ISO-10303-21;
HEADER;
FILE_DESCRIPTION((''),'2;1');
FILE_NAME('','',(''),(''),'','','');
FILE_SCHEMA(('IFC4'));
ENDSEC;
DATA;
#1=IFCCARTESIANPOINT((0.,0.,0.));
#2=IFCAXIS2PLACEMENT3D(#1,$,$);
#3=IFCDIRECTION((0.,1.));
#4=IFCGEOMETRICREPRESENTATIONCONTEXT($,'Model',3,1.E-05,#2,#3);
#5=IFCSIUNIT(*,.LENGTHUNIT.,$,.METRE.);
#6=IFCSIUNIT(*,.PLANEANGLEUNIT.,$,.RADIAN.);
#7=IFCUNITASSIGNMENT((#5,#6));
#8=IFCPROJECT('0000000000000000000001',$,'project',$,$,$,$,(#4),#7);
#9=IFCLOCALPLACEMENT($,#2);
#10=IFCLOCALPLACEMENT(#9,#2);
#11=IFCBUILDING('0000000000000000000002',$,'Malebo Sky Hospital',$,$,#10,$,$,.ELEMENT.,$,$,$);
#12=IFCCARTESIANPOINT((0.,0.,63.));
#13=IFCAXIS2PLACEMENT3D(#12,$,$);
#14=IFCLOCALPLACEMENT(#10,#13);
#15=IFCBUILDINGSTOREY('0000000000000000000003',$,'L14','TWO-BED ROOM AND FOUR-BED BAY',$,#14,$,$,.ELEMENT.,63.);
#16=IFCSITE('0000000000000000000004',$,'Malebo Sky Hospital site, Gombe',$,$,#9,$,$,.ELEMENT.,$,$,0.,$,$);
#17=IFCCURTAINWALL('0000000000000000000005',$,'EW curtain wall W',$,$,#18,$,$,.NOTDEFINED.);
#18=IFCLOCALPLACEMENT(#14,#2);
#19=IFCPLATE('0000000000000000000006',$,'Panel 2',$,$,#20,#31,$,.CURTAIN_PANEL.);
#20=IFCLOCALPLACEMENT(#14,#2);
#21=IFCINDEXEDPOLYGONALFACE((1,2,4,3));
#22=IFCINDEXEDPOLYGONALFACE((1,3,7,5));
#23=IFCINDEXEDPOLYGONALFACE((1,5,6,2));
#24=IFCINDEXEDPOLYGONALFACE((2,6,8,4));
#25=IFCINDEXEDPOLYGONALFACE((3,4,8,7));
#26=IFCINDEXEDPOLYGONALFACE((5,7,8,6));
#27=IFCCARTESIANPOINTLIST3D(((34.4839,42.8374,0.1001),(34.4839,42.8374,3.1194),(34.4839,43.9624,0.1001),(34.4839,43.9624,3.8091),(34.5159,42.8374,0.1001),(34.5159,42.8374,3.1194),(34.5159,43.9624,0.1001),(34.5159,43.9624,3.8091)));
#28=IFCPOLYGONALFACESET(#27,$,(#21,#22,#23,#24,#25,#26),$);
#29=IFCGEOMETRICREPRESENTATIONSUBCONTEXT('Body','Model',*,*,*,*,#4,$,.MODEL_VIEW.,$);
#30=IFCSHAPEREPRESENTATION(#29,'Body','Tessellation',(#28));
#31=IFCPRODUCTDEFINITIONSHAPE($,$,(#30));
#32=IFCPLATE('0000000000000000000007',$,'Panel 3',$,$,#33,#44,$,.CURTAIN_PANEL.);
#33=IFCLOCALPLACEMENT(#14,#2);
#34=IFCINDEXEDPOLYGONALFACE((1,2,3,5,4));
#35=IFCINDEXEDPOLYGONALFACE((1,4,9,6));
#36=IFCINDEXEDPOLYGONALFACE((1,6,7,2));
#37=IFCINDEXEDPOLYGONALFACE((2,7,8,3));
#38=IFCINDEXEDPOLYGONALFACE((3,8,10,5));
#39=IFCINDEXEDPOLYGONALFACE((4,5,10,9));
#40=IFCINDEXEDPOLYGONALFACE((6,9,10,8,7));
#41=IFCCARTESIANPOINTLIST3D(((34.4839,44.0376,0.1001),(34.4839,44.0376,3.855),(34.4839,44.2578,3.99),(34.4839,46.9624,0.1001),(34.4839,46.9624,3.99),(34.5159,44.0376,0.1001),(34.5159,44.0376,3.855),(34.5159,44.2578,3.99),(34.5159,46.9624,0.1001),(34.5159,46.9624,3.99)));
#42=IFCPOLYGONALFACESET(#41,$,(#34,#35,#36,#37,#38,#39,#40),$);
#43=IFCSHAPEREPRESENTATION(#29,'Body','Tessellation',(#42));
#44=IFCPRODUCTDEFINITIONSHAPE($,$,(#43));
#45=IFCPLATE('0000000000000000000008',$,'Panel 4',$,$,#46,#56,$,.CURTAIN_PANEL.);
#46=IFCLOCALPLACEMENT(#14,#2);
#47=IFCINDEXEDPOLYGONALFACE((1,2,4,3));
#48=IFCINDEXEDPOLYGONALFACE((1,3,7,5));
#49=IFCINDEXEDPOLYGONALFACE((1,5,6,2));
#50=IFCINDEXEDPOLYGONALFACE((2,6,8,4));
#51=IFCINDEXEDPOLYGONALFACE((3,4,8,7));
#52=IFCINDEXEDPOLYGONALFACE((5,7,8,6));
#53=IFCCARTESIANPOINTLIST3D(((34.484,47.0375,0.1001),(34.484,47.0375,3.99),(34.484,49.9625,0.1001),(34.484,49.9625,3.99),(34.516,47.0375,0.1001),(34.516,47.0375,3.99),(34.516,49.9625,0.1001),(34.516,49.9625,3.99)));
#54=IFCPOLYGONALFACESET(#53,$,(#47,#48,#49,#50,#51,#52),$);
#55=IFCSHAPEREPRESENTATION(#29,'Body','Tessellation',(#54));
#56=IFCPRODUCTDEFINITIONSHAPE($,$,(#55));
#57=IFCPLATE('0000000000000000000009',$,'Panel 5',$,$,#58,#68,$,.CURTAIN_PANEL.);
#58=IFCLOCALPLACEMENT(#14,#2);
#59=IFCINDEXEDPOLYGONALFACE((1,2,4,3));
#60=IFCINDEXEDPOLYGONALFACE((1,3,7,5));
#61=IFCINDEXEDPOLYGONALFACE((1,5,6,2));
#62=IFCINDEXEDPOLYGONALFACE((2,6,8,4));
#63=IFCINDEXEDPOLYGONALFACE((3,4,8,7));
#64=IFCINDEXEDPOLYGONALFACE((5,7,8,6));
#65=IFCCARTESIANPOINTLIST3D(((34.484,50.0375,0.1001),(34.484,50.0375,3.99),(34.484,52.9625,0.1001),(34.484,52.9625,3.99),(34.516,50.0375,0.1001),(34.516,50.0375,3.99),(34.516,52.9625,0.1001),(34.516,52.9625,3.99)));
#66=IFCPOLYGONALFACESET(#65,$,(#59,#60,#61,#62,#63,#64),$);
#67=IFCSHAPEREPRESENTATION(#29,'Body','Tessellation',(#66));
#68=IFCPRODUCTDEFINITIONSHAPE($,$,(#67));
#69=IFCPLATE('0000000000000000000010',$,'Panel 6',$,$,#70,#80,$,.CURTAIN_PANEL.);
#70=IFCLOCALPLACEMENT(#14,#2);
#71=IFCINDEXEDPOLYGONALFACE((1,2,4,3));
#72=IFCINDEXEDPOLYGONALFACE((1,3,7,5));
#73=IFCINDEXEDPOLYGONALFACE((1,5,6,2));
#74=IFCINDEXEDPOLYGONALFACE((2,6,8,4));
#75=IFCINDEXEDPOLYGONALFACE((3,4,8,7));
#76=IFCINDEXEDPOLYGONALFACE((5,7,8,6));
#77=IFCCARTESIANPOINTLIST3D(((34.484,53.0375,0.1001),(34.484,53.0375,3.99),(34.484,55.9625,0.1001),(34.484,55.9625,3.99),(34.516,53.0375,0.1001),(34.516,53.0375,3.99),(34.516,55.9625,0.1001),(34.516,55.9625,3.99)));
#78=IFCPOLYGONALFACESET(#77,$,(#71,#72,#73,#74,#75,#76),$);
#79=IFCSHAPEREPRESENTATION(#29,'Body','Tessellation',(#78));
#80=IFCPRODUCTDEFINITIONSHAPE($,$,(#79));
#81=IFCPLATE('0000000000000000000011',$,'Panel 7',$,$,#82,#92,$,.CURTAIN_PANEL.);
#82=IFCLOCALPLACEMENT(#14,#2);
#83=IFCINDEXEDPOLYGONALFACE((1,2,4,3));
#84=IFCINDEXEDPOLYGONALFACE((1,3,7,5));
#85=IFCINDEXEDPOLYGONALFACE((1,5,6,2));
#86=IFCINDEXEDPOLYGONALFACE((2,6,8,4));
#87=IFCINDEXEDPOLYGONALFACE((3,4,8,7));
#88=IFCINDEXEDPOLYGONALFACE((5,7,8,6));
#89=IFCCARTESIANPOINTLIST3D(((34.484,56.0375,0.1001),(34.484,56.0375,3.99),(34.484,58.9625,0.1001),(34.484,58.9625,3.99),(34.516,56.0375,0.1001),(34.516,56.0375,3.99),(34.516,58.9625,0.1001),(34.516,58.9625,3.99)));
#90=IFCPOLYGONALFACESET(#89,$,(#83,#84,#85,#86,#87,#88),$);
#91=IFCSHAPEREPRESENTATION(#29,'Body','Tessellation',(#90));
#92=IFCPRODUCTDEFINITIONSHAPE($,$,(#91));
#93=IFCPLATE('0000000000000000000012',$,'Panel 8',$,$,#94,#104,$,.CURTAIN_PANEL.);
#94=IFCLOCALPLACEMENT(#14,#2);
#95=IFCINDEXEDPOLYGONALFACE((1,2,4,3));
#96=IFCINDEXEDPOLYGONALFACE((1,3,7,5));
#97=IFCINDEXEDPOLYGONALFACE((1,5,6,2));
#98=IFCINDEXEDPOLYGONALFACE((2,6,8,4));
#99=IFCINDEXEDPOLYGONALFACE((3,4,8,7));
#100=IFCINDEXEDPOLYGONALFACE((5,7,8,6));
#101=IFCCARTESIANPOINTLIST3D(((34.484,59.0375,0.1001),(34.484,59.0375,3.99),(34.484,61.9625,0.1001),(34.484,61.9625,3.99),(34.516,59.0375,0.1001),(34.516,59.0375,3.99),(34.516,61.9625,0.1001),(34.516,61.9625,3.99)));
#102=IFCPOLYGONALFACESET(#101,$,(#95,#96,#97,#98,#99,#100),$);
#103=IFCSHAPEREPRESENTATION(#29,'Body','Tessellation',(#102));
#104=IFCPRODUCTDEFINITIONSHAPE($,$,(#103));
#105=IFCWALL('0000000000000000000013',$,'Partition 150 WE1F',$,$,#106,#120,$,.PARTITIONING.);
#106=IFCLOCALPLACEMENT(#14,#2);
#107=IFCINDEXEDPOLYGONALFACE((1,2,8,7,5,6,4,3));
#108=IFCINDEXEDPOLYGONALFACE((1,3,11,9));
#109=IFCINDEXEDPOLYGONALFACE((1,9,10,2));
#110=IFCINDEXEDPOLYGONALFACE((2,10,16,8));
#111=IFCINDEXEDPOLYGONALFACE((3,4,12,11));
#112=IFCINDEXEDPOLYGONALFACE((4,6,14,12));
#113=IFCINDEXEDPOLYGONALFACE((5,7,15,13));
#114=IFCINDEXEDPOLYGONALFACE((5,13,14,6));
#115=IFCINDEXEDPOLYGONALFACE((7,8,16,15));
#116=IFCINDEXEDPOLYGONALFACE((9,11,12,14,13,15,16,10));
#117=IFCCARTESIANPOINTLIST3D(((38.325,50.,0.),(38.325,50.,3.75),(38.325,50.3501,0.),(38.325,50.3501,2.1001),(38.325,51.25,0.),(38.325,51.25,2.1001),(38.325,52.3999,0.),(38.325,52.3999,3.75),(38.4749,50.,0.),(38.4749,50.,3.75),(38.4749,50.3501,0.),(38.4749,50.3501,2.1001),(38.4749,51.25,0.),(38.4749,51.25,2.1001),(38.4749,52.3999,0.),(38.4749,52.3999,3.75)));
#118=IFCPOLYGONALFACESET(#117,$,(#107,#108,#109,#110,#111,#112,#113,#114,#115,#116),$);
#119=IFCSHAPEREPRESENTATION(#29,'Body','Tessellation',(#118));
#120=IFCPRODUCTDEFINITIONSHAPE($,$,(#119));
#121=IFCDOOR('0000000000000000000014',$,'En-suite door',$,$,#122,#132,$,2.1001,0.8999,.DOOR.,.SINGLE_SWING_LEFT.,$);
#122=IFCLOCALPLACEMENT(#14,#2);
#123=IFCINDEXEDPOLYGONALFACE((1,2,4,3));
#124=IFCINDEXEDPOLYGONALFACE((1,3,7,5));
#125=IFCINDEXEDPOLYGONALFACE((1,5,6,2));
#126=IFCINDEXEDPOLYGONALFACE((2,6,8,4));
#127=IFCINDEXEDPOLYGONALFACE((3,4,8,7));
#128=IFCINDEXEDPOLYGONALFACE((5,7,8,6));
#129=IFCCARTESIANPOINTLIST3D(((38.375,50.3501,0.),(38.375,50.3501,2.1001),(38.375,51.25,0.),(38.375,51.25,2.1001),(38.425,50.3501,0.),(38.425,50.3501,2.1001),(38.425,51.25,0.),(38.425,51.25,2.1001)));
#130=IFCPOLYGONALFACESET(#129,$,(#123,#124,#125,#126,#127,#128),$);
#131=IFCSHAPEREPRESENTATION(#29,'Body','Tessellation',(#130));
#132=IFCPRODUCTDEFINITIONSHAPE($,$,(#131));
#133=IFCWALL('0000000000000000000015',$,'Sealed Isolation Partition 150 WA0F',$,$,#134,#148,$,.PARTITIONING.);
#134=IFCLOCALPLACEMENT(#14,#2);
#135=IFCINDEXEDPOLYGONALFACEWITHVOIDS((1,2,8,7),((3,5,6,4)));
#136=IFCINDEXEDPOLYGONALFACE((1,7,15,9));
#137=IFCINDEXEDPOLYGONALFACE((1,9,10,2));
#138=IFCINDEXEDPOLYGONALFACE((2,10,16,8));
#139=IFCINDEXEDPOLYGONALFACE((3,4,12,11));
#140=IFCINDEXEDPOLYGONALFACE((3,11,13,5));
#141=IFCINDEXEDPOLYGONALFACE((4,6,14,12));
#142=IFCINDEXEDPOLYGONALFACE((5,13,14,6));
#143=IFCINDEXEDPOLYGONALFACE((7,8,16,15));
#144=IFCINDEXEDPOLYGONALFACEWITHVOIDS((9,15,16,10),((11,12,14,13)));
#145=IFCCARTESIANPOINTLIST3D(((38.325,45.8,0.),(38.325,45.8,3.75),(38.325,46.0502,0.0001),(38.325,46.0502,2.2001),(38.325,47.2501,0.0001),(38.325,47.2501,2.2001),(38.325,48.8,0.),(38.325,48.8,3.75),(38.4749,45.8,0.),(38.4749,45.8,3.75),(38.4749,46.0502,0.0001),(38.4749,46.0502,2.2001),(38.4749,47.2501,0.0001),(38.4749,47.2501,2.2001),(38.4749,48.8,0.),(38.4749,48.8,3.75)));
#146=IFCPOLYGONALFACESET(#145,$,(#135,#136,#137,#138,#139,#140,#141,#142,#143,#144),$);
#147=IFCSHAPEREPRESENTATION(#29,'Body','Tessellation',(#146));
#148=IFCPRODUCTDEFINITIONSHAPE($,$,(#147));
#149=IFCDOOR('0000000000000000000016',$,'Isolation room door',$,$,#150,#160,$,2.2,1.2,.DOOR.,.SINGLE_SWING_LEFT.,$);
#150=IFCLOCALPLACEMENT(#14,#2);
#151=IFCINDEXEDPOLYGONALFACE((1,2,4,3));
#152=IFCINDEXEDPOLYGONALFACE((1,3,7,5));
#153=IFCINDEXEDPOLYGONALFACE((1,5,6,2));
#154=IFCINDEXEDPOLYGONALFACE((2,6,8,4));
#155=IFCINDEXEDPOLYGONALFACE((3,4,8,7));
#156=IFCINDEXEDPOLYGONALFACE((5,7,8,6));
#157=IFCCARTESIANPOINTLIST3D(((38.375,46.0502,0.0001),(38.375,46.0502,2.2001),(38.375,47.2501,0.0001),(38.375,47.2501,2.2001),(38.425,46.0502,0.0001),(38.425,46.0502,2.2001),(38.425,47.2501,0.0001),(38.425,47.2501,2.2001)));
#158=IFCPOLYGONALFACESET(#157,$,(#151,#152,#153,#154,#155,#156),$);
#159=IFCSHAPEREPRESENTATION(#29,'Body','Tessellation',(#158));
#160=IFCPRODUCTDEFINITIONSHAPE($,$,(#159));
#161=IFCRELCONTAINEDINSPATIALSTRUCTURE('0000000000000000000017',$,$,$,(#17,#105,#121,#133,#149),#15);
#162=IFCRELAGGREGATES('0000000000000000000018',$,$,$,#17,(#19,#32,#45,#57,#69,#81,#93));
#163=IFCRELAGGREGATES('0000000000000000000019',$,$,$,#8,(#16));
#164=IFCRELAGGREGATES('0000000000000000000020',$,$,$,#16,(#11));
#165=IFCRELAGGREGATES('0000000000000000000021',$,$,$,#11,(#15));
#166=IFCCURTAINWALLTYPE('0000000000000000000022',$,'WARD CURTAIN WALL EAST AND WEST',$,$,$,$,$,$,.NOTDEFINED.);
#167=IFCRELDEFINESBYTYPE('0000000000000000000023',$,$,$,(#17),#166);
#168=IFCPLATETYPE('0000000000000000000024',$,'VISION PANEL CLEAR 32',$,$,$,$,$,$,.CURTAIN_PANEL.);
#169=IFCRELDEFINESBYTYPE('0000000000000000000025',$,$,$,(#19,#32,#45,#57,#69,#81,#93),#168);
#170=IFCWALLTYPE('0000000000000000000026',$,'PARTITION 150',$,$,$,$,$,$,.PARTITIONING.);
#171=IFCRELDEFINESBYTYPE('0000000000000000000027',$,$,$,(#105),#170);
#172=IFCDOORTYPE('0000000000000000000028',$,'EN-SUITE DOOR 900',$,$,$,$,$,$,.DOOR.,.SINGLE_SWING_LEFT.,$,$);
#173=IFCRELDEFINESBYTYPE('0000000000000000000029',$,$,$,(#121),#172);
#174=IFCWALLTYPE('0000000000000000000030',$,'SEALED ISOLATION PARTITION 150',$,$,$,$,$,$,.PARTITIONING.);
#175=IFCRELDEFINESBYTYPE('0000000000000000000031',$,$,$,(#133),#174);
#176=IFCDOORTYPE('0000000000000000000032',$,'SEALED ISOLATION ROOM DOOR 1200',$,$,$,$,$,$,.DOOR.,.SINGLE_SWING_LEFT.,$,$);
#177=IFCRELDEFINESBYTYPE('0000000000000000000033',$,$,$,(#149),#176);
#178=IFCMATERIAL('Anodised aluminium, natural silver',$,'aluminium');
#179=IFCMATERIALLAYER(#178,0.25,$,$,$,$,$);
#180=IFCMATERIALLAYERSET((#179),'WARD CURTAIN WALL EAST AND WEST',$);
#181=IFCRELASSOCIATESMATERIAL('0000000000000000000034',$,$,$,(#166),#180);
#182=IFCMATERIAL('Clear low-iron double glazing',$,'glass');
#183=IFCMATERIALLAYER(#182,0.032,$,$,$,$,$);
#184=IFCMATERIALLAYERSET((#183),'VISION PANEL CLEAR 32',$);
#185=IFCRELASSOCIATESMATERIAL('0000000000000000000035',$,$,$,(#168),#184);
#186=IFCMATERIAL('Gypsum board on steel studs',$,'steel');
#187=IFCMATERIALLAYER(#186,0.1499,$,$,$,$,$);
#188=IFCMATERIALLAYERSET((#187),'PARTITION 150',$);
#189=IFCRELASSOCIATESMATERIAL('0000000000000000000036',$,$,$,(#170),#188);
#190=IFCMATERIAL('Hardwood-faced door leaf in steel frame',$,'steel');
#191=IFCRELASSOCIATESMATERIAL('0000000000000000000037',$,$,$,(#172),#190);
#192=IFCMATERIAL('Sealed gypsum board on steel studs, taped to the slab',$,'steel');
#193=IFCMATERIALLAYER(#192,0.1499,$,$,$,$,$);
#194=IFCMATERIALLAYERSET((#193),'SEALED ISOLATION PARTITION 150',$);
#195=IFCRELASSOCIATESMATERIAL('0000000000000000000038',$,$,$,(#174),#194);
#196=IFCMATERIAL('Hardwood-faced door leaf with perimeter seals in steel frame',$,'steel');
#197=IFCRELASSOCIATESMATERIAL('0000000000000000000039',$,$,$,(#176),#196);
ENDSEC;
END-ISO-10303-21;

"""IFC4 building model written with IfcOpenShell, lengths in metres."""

from ifc_helpers import new_model, si_unit, direction, frame, frame_2d, origin, origin_2d, place, context, subcontext, project, spatial, polyline, rectangle, outline, extrude, material, layer, layer_set, type_object, element, fill, aggregate, save


model = new_model("IFC4")

# Units and contexts
model_context = context("Model", 3, precision=1e-05, world=origin(), true_north=direction((0.0, 1.0)))
body_context = subcontext(model_context, "Body", "Model", "MODEL_VIEW")
ifc_project = project(units=[si_unit("LENGTHUNIT", "METRE"), si_unit("PLANEANGLEUNIT", "RADIAN")], contexts=[model_context])

# Site, building, storey
site_placement = place(None, origin())
site = spatial("IfcSite", under=ifc_project, at=site_placement, Name="Malebo Sky Hospital site, Gombe", CompositionType="ELEMENT", RefElevation=0.0)
building_placement = place(site_placement, origin())
building = spatial("IfcBuilding", under=site, at=building_placement, Name="Malebo Sky Hospital", CompositionType="ELEMENT")
storey_placement = place(building_placement, frame((0.0, 0.0, 63.0)))
storey = spatial("IfcBuildingStorey", under=building, at=storey_placement, Name="L14", Description="TWO-BED ROOM AND FOUR-BED BAY", CompositionType="ELEMENT", Elevation=63.0)

# Curtain wall
ifc_material_1 = material(Name="Anodised aluminium, natural silver", Category="aluminium")
ifc_layer_1 = layer(ifc_material_1, 0.25)
ifc_layer_set_1 = layer_set([ifc_layer_1], Name="WARD CURTAIN WALL EAST AND WEST")
curtain_wall_type = type_object("IfcCurtainWallType", Name="WARD CURTAIN WALL EAST AND WEST", PredefinedType="NOTDEFINED", material=ifc_layer_set_1)
curtain_wall_placement = place(storey_placement, origin())
curtain_wall = element("IfcCurtainWall", 1, at=curtain_wall_placement, inside=storey, type_object=curtain_wall_type, Name="EW curtain wall W", PredefinedType="NOTDEFINED")

# Plates
ifc_material_2 = material(Name="Clear low-iron double glazing", Category="glass")
ifc_layer_2 = layer(ifc_material_2, 0.032)
ifc_layer_set_2 = layer_set([ifc_layer_2], Name="VISION PANEL CLEAR 32")
plate_type = type_object("IfcPlateType", Name="VISION PANEL CLEAR 32", PredefinedType="CURTAIN_PANEL", material=ifc_layer_set_2)
plate_1_placement = place(storey_placement, frame((34.5, 43.3999, 0.1001), z_axis=(0.0, 0.0, 1.0), x_axis=(0.0, 1.0, 0.0)))
plate_1 = element("IfcPlate", 2, at=plate_1_placement, type_object=plate_type, Name="Panel 2", PredefinedType="CURTAIN_PANEL", context=body_context, shape_type="SweptSolid", body=[
    extrude(outline(polyline([(-0.5625, 0.0), (0.5625, 0.0), (0.5625, 3.709), (-0.5625, 3.0193), (-0.5625, 0.0)])), frame((0.0, 0.0161, 0.0), z_axis=(0.0, -1.0, 0.0), x_axis=(1.0, 0.0, 0.0)), (0.0, 0.0, 1.0), 0.032),
])
plate_2_placement = place(storey_placement, frame((34.5, 45.5, 0.1001), z_axis=(0.0, 0.0, 1.0), x_axis=(0.0, 1.0, 0.0)))
plate_2 = element("IfcPlate", 3, at=plate_2_placement, type_object=plate_type, Name="Panel 3", PredefinedType="CURTAIN_PANEL", context=body_context, shape_type="SweptSolid", body=[
    extrude(outline(polyline([(-1.4624, 0.0), (1.4624, 0.0), (1.4624, 3.8899), (-1.2422, 3.8899), (-1.4624, 3.7549), (-1.4624, 0.0)])), frame((0.0, 0.0161, 0.0), z_axis=(0.0, -1.0, 0.0), x_axis=(1.0, 0.0, 0.0)), (0.0, 0.0, 1.0), 0.032),
])
plate_3_placement = place(storey_placement, frame((34.5, 48.5, 0.1001), z_axis=(0.0, 0.0, 1.0), x_axis=(0.0, 1.0, 0.0)))
plate_3 = element("IfcPlate", 4, at=plate_3_placement, type_object=plate_type, Name="Panel 4", PredefinedType="CURTAIN_PANEL", context=body_context, shape_type="SweptSolid", body=[
    extrude(rectangle(XDim=2.925, YDim=0.032, at=origin_2d()), origin(), (0.0, 0.0, 1.0), 3.8899),
])
plate_4_placement = place(storey_placement, frame((34.5, 51.5, 0.1001), z_axis=(0.0, 0.0, 1.0), x_axis=(0.0, 1.0, 0.0)))
plate_4 = element("IfcPlate", 5, at=plate_4_placement, type_object=plate_type, Name="Panel 5", PredefinedType="CURTAIN_PANEL", context=body_context, shape_type="SweptSolid", body=[
    extrude(rectangle(XDim=2.925, YDim=0.032, at=origin_2d()), origin(), (0.0, 0.0, 1.0), 3.8899),
])
plate_5_placement = place(storey_placement, frame((34.5, 54.5, 0.1001), z_axis=(0.0, 0.0, 1.0), x_axis=(0.0, 1.0, 0.0)))
plate_5 = element("IfcPlate", 6, at=plate_5_placement, type_object=plate_type, Name="Panel 6", PredefinedType="CURTAIN_PANEL", context=body_context, shape_type="SweptSolid", body=[
    extrude(rectangle(XDim=2.925, YDim=0.032, at=origin_2d()), origin(), (0.0, 0.0, 1.0), 3.8899),
])
plate_6_placement = place(storey_placement, frame((34.5, 57.5, 0.1001), z_axis=(0.0, 0.0, 1.0), x_axis=(0.0, 1.0, 0.0)))
plate_6 = element("IfcPlate", 7, at=plate_6_placement, type_object=plate_type, Name="Panel 7", PredefinedType="CURTAIN_PANEL", context=body_context, shape_type="SweptSolid", body=[
    extrude(rectangle(XDim=2.925, YDim=0.032, at=origin_2d()), origin(), (0.0, 0.0, 1.0), 3.8899),
])
plate_7_placement = place(storey_placement, frame((34.5, 60.5, 0.1001), z_axis=(0.0, 0.0, 1.0), x_axis=(0.0, 1.0, 0.0)))
plate_7 = element("IfcPlate", 8, at=plate_7_placement, type_object=plate_type, Name="Panel 8", PredefinedType="CURTAIN_PANEL", context=body_context, shape_type="SweptSolid", body=[
    extrude(rectangle(XDim=2.925, YDim=0.032, at=origin_2d()), origin(), (0.0, 0.0, 1.0), 3.8899),
])
aggregate(curtain_wall, [plate_1, plate_2, plate_3, plate_4, plate_5, plate_6, plate_7])

# Walls, openings, doors
ifc_material_3 = material(Name="Gypsum board on steel studs", Category="steel")
ifc_layer_3 = layer(ifc_material_3, 0.1499)
ifc_layer_set_3 = layer_set([ifc_layer_3], Name="PARTITION 150")
wall_type_1 = type_object("IfcWallType", Name="PARTITION 150", PredefinedType="PARTITIONING", material=ifc_layer_set_3)
wall_1_placement = place(storey_placement, frame((38.3999, 50.0, 0.0), z_axis=(0.0, 0.0, 1.0), x_axis=(0.0, 1.0, 0.0)))
wall_1 = element("IfcWall", 9, at=wall_1_placement, inside=storey, type_object=wall_type_1, Name="Partition 150 WE1F", PredefinedType="PARTITIONING", context=body_context, shape_type="SweptSolid", body=[
    extrude(rectangle(XDim=2.3999, YDim=0.1499, at=frame_2d((1.2, 0.0))), origin(), (0.0, 0.0, 1.0), 3.75),
])
opening_1_placement = place(wall_1_placement, frame((0.3501, 0.0, 0.0)))
opening_1 = element("IfcOpeningElement", 10, at=opening_1_placement, cuts=wall_1, PredefinedType="OPENING", context=body_context, shape_type="SweptSolid", body=[
    extrude(rectangle(XDim=0.8999, YDim=2.1001, at=frame_2d((0.45, 1.05))), frame((0.0, 0.085, 0.0), z_axis=(0.0, -1.0, 0.0), x_axis=(1.0, 0.0, 0.0)), (0.0, 0.0, 1.0), 0.1699),
])
ifc_material_4 = material(Name="Hardwood-faced door leaf in steel frame", Category="steel")
door_type_1 = type_object("IfcDoorType", Name="EN-SUITE DOOR 900", OperationType="SINGLE_SWING_LEFT", PredefinedType="DOOR", material=ifc_material_4)
door_1_placement = place(opening_1_placement, origin())
door_1 = element("IfcDoor", 11, at=door_1_placement, inside=storey, type_object=door_type_1, Name="En-suite door", OperationType="SINGLE_SWING_LEFT", OverallHeight=2.1001, OverallWidth=0.8999, PredefinedType="DOOR", context=body_context, shape_type="SweptSolid", body=[
    extrude(rectangle(XDim=0.8999, YDim=2.1001, at=frame_2d((0.45, 1.05))), frame((0.0, 0.0249, 0.0), z_axis=(0.0, -1.0, 0.0), x_axis=(1.0, 0.0, 0.0)), (0.0, 0.0, 1.0), 0.05),
])
fill(opening_1, door_1)
ifc_material_5 = material(Name="Sealed gypsum board on steel studs, taped to the slab", Category="steel")
ifc_layer_4 = layer(ifc_material_5, 0.1499)
ifc_layer_set_4 = layer_set([ifc_layer_4], Name="SEALED ISOLATION PARTITION 150")
wall_type_2 = type_object("IfcWallType", Name="SEALED ISOLATION PARTITION 150", PredefinedType="PARTITIONING", material=ifc_layer_set_4)
wall_2_placement = place(storey_placement, frame((38.3999, 45.8, 0.0), z_axis=(0.0, 0.0, 1.0), x_axis=(0.0, 1.0, 0.0)))
wall_2 = element("IfcWall", 12, at=wall_2_placement, inside=storey, type_object=wall_type_2, Name="Sealed Isolation Partition 150 WA0F", PredefinedType="PARTITIONING", context=body_context, shape_type="SweptSolid", body=[
    extrude(rectangle(XDim=3.0, YDim=0.1499, at=frame_2d((1.5, 0.0))), origin(), (0.0, 0.0, 1.0), 3.75),
])
opening_2_placement = place(wall_2_placement, frame((0.25, 0.0, 0.0)))
opening_2 = element("IfcOpeningElement", 13, at=opening_2_placement, cuts=wall_2, PredefinedType="OPENING", context=body_context, shape_type="SweptSolid", body=[
    extrude(rectangle(XDim=1.2, YDim=2.2, at=frame_2d((0.6001, 1.1001))), frame((0.0, 0.085, 0.0), z_axis=(0.0, -1.0, 0.0), x_axis=(1.0, 0.0, 0.0)), (0.0, 0.0, 1.0), 0.1699),
])
ifc_material_6 = material(Name="Hardwood-faced door leaf with perimeter seals in steel frame", Category="steel")
door_type_2 = type_object("IfcDoorType", Name="SEALED ISOLATION ROOM DOOR 1200", OperationType="SINGLE_SWING_LEFT", PredefinedType="DOOR", material=ifc_material_6)
door_2_placement = place(opening_2_placement, origin())
door_2 = element("IfcDoor", 14, at=door_2_placement, inside=storey, type_object=door_type_2, Name="Isolation room door", OperationType="SINGLE_SWING_LEFT", OverallHeight=2.2, OverallWidth=1.2, PredefinedType="DOOR", context=body_context, shape_type="SweptSolid", body=[
    extrude(rectangle(XDim=1.2, YDim=2.2, at=frame_2d((0.6001, 1.1001))), frame((0.0, 0.0249, 0.0), z_axis=(0.0, -1.0, 0.0), x_axis=(1.0, 0.0, 0.0)), (0.0, 0.0, 1.0), 0.05),
])
fill(opening_2, door_2)

save(model, "model.ifc")
